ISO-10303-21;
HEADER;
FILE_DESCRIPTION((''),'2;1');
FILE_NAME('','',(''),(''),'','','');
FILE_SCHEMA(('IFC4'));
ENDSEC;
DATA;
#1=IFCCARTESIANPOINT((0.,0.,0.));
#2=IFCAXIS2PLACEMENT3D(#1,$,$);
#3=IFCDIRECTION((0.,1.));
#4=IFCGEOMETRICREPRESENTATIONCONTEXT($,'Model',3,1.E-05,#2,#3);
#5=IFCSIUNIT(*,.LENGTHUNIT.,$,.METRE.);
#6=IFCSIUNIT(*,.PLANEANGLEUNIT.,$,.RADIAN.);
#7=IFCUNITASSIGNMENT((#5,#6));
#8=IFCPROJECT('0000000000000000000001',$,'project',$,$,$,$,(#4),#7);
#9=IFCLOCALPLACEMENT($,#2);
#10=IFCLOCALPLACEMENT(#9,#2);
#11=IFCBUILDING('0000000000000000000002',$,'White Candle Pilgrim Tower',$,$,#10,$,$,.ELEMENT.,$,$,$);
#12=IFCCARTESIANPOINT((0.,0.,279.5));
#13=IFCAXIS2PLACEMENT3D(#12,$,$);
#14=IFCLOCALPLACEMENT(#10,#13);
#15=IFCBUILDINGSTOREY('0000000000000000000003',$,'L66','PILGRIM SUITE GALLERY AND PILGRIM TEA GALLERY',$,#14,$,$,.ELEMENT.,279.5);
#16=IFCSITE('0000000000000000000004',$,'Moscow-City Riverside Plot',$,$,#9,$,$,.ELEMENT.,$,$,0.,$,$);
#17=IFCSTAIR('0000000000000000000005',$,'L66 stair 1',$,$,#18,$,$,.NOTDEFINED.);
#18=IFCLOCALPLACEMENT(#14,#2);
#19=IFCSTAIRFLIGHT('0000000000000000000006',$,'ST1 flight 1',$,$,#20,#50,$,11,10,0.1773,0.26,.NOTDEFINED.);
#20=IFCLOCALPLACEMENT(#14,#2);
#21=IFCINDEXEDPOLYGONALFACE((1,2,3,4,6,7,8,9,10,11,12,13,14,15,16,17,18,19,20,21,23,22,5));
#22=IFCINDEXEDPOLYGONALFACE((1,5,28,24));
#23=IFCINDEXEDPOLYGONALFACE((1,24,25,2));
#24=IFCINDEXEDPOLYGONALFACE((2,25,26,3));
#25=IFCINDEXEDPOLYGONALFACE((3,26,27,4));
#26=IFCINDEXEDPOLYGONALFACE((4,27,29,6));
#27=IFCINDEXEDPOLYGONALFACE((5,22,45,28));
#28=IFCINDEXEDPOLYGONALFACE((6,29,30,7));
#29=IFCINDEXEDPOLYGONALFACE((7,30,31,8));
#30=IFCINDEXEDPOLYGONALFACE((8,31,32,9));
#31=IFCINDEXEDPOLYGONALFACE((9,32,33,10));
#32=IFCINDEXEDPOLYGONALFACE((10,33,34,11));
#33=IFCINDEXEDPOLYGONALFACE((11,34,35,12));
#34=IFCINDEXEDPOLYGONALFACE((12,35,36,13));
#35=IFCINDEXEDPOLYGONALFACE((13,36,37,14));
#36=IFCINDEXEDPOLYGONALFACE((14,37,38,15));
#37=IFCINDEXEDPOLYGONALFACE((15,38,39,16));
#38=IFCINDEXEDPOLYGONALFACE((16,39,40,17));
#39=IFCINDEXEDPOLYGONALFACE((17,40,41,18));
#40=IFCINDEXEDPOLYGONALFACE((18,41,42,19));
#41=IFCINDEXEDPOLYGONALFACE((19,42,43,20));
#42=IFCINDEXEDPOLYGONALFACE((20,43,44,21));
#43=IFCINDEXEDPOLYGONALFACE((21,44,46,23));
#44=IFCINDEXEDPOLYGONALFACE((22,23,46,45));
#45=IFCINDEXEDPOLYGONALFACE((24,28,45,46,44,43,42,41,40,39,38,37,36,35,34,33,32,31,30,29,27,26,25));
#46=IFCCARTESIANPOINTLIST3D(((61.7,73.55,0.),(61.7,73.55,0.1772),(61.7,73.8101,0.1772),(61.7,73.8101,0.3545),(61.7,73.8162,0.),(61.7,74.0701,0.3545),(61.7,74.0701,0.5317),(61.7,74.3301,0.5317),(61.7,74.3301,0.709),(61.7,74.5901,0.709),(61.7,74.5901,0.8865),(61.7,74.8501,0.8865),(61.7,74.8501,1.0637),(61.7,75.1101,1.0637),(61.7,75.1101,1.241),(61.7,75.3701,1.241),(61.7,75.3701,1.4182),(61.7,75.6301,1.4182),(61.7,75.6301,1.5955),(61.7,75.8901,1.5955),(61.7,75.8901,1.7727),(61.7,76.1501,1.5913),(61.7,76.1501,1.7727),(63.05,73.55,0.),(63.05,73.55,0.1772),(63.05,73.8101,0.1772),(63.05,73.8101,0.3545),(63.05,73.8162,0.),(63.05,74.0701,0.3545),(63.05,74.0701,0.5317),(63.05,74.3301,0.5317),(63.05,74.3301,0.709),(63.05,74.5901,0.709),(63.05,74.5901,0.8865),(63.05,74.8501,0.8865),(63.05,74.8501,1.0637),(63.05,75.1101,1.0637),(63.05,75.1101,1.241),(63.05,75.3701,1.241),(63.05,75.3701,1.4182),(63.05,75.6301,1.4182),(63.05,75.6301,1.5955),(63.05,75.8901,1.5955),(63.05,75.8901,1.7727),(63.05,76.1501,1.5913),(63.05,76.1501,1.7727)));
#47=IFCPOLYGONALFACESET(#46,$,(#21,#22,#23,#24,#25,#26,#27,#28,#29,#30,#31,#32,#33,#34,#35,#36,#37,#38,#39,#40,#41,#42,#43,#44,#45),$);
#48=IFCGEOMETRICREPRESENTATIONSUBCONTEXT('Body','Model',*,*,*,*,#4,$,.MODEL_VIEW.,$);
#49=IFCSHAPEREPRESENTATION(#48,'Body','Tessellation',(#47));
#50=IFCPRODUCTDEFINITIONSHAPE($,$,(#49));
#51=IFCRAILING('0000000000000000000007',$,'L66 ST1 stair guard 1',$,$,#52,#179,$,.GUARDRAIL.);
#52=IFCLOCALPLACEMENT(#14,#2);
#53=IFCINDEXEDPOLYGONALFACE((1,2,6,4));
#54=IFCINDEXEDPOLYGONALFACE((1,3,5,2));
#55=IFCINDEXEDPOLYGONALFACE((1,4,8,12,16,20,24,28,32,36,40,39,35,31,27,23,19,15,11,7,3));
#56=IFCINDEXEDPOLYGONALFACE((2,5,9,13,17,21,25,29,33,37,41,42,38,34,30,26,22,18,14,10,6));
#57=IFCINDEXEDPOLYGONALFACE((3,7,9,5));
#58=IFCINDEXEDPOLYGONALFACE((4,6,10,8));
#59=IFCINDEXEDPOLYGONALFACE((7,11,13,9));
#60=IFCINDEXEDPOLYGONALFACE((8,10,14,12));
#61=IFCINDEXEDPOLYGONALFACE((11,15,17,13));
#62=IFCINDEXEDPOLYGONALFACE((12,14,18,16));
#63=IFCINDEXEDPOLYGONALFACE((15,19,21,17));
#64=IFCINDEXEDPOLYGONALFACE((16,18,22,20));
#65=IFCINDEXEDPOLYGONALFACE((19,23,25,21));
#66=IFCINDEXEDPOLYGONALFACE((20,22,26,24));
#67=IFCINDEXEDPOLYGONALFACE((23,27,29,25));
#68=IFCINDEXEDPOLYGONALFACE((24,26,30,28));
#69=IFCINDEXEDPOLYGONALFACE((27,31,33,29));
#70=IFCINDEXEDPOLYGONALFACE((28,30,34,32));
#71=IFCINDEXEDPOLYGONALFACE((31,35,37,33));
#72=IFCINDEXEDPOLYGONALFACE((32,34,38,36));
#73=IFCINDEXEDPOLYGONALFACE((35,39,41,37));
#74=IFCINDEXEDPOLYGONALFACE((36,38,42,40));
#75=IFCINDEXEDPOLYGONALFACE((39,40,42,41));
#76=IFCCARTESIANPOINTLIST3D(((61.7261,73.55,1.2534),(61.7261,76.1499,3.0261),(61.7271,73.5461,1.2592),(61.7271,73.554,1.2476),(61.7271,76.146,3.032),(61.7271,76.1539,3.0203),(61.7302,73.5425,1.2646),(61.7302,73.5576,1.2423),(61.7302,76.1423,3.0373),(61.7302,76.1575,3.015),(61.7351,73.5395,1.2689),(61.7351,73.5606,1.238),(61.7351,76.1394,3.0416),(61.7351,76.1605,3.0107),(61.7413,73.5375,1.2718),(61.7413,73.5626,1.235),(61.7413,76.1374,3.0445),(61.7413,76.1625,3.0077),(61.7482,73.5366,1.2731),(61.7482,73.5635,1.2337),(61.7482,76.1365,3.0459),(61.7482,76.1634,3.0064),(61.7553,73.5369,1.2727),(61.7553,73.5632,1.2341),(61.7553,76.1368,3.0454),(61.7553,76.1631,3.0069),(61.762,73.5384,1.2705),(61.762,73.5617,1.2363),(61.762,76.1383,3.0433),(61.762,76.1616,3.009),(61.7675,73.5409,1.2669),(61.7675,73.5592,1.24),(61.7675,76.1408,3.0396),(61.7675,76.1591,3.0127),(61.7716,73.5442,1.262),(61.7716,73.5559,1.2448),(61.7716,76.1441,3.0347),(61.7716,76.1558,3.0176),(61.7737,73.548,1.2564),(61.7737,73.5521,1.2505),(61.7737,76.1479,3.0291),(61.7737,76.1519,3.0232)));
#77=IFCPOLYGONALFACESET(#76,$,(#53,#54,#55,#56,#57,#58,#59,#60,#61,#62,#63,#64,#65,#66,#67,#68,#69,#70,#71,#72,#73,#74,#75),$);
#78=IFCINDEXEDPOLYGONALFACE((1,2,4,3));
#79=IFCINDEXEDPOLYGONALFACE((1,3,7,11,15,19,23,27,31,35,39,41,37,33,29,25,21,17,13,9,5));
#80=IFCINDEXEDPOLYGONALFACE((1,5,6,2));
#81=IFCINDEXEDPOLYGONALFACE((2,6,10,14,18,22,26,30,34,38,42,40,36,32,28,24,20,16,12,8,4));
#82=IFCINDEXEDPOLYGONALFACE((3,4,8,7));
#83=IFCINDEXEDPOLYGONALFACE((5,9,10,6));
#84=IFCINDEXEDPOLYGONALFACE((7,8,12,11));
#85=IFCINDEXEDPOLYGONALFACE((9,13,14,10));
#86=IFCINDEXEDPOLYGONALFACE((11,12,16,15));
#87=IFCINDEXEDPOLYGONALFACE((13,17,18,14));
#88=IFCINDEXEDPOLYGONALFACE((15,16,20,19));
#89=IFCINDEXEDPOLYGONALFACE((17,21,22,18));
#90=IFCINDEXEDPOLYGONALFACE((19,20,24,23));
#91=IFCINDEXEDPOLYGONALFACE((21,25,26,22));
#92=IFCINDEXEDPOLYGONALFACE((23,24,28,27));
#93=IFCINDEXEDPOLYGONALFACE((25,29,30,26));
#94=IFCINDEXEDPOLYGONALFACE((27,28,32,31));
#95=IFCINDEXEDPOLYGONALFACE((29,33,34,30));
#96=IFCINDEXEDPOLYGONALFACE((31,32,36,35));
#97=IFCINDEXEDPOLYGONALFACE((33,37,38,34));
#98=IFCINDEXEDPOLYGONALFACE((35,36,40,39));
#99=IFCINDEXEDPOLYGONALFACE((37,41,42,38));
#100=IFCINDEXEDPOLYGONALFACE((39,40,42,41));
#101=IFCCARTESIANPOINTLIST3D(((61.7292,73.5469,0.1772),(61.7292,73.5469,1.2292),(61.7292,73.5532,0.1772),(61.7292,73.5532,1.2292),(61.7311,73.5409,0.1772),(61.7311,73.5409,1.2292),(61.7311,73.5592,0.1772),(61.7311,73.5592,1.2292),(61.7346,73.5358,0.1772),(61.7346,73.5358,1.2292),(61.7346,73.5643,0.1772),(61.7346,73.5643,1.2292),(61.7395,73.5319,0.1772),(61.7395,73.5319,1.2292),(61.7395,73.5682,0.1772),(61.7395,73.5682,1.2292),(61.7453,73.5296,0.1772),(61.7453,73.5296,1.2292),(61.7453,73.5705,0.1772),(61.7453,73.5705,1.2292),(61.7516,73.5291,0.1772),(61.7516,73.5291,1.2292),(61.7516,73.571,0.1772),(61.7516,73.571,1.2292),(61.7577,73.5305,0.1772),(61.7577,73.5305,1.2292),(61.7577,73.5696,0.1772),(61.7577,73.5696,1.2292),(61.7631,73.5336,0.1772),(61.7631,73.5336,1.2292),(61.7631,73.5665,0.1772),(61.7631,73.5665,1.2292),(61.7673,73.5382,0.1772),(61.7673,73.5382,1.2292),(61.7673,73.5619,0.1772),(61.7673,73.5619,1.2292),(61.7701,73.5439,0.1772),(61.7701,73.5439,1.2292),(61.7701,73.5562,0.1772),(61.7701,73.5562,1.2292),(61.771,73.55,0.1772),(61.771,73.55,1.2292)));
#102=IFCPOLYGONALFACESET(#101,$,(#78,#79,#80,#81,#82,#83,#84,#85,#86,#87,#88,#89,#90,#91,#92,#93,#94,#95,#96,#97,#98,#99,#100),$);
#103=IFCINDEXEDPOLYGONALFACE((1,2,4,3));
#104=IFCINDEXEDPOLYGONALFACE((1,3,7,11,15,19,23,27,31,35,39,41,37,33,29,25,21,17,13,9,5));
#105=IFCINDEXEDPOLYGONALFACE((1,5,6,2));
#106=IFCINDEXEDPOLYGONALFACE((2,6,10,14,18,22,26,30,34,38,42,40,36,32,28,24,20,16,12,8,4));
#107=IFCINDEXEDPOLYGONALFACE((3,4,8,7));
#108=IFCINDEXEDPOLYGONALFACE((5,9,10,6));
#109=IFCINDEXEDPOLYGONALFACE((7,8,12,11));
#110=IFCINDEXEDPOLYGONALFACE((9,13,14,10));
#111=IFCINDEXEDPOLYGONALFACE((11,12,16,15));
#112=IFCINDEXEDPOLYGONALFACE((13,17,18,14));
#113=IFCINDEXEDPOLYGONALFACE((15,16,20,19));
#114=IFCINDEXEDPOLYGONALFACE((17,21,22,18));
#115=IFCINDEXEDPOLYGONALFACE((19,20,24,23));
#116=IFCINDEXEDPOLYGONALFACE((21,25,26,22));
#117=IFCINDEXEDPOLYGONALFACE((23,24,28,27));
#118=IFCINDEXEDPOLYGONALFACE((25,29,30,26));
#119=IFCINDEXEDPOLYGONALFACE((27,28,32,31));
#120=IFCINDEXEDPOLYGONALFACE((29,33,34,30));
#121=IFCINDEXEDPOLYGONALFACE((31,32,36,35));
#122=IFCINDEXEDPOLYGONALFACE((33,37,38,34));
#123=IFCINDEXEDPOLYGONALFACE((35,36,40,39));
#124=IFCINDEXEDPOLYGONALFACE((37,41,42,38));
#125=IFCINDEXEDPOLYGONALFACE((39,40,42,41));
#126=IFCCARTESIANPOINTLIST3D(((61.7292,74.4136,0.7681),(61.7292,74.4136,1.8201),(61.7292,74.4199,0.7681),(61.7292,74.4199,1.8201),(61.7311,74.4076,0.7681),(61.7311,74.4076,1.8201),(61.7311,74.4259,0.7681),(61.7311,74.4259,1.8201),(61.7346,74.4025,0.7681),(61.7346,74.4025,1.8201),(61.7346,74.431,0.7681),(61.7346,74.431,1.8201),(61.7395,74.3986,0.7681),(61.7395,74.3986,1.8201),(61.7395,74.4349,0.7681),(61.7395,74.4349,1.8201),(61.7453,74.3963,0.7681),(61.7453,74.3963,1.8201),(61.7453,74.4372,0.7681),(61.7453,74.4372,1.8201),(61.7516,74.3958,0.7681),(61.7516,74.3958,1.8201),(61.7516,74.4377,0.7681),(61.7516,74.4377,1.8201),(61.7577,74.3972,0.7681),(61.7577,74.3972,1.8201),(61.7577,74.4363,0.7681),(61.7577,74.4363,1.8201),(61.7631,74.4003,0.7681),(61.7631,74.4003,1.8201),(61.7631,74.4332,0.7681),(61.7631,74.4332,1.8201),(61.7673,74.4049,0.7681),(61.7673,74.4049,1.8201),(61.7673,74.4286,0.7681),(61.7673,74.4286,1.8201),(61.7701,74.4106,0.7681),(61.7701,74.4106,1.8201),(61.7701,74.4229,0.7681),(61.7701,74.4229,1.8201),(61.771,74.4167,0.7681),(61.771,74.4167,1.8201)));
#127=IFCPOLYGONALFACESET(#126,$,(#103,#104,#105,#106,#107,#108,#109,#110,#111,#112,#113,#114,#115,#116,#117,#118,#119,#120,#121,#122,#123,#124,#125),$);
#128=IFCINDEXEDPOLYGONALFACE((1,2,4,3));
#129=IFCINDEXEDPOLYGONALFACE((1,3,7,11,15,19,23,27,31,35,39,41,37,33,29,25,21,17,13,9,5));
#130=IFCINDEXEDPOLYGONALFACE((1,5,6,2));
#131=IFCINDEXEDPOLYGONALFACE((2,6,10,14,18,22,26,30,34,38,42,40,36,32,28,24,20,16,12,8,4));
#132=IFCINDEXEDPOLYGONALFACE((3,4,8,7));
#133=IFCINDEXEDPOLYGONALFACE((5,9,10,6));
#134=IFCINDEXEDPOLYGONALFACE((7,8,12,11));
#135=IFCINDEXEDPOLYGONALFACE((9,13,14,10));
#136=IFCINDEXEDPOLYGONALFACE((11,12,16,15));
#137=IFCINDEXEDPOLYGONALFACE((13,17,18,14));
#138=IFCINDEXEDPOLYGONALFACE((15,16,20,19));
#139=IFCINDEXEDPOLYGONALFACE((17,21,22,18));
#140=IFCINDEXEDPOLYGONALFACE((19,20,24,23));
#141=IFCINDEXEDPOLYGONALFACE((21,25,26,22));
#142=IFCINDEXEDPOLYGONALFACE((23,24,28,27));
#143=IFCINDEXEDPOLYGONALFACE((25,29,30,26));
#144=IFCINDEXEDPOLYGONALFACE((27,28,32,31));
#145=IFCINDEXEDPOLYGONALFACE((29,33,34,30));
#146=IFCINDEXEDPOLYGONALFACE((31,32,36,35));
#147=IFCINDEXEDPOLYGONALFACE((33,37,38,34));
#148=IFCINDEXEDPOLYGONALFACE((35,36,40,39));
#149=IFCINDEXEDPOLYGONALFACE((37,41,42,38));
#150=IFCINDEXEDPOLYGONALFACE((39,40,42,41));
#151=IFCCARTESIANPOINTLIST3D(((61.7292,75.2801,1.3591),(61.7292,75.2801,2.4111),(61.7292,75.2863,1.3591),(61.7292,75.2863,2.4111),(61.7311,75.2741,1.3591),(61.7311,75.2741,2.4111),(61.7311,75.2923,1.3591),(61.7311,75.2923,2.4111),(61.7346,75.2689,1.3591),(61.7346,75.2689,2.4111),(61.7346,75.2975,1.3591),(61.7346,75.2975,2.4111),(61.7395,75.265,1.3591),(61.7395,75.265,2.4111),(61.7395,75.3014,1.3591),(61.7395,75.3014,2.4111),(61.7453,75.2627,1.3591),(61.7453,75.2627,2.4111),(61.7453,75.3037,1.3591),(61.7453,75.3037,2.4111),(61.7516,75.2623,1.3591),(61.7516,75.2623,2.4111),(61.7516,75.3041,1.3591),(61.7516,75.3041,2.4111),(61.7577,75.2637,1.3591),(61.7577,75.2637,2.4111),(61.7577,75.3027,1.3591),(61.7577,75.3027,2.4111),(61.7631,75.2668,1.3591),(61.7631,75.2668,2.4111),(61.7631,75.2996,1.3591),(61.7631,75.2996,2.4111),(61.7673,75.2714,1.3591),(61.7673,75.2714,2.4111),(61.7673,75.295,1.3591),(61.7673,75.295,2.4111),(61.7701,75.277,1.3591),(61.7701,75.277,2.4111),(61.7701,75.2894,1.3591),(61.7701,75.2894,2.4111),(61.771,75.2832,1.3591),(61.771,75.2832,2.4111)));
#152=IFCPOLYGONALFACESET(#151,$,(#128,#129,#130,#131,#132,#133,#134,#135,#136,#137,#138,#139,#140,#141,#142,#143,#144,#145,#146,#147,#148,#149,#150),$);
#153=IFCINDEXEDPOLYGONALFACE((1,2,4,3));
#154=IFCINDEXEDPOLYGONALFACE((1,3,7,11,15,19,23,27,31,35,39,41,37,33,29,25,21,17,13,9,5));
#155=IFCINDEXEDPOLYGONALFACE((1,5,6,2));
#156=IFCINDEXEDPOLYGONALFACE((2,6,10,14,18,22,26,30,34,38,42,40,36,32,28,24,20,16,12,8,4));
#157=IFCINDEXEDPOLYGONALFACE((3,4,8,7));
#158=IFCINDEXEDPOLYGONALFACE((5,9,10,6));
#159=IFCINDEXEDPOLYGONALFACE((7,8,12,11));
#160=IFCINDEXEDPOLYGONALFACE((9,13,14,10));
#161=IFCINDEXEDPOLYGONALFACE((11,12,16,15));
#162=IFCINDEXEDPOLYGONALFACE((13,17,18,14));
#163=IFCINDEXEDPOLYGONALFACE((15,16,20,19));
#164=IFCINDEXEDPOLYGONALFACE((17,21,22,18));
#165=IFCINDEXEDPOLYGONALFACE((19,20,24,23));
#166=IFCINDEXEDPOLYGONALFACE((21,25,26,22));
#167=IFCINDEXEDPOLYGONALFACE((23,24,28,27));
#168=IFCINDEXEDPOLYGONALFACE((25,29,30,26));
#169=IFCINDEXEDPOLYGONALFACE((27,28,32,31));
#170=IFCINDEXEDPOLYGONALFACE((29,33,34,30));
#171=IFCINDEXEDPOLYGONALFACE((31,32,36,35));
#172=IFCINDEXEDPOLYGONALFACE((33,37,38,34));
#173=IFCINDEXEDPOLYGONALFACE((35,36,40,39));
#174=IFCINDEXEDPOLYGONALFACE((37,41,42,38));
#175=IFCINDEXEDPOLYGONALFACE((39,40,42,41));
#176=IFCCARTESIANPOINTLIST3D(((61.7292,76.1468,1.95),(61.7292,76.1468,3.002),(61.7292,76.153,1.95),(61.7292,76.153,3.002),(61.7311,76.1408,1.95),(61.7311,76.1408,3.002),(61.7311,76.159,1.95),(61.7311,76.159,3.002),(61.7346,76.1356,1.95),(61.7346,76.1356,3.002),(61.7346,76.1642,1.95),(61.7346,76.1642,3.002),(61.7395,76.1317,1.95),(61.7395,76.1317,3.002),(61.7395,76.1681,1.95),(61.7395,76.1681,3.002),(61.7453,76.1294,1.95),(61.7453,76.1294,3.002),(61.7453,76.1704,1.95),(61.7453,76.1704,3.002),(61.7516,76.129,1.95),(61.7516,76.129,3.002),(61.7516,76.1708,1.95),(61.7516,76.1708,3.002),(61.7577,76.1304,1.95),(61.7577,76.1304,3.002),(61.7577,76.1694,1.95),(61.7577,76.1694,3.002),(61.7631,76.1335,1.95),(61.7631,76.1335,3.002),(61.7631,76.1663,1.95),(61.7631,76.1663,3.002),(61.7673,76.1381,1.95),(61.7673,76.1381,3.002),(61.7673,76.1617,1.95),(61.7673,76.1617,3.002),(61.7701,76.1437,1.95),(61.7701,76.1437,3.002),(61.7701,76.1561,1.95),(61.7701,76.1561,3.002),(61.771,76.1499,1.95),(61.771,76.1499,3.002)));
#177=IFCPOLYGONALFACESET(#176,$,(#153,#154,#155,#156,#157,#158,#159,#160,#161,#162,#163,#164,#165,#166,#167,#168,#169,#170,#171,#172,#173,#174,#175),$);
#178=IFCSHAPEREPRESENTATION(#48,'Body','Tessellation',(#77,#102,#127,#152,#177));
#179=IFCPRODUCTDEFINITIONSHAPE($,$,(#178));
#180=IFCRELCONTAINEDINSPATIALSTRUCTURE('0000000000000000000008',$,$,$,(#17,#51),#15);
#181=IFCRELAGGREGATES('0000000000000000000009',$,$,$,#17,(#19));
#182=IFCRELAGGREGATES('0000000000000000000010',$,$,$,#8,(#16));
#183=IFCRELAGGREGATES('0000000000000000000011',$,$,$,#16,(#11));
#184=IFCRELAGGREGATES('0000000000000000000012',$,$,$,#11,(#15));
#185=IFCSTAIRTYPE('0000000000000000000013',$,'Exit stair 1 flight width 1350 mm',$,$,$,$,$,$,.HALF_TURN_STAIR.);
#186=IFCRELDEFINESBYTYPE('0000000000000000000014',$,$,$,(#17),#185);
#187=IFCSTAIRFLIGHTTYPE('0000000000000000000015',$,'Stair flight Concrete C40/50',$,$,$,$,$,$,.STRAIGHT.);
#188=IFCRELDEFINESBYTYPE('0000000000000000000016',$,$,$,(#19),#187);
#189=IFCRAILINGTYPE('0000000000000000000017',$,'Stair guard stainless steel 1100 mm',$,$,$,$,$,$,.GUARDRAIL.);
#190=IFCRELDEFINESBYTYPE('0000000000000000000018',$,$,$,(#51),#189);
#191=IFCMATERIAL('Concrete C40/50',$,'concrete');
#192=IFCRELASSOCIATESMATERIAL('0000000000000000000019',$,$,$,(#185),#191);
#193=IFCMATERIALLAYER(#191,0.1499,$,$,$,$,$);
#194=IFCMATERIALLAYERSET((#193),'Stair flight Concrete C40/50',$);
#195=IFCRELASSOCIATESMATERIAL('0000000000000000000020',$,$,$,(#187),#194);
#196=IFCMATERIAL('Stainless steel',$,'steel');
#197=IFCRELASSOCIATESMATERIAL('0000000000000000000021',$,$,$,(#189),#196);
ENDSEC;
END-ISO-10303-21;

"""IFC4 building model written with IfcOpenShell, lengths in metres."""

from ifc_helpers import new_model, si_unit, direction, frame, origin, origin_2d, place, context, subcontext, project, spatial, polyline, circle, outline, extrude, material, layer, layer_set, type_object, element, aggregate, save


model = new_model("IFC4")

# Units and contexts
model_context = context("Model", 3, precision=1e-05, world=origin(), true_north=direction((0.0, 1.0)))
body_context = subcontext(model_context, "Body", "Model", "MODEL_VIEW")
ifc_project = project(units=[si_unit("LENGTHUNIT", "METRE"), si_unit("PLANEANGLEUNIT", "RADIAN")], contexts=[model_context])

# Site, building, storey
site_placement = place(None, origin())
site = spatial("IfcSite", under=ifc_project, at=site_placement, Name="Moscow-City Riverside Plot", CompositionType="ELEMENT", RefElevation=0.0)
building_placement = place(site_placement, origin())
building = spatial("IfcBuilding", under=site, at=building_placement, Name="White Candle Pilgrim Tower", CompositionType="ELEMENT")
storey_placement = place(building_placement, frame((0.0, 0.0, 279.5)))
storey = spatial("IfcBuildingStorey", under=building, at=storey_placement, Name="L66", Description="PILGRIM SUITE GALLERY AND PILGRIM TEA GALLERY", CompositionType="ELEMENT", Elevation=279.5)

# Stair, stair flight
ifc_material_1 = material(Name="Concrete C40/50", Category="concrete")
stair_type = type_object("IfcStairType", Name="Exit stair 1 flight width 1350 mm", PredefinedType="HALF_TURN_STAIR", material=ifc_material_1)
stair_placement = place(storey_placement, origin())
stair = element("IfcStair", 1, at=stair_placement, inside=storey, type_object=stair_type, Name="L66 stair 1", PredefinedType="NOTDEFINED")
ifc_layer_1 = layer(ifc_material_1, 0.1499)
ifc_layer_set_1 = layer_set([ifc_layer_1], Name="Stair flight Concrete C40/50")
stair_flight_type = type_object("IfcStairFlightType", Name="Stair flight Concrete C40/50", PredefinedType="STRAIGHT", material=ifc_layer_set_1)
stair_flight_placement = place(storey_placement, frame((62.375, 73.55, 0.0), z_axis=(0.0, 0.0, 1.0), x_axis=(0.0, 1.0, 0.0)))
stair_flight = element("IfcStairFlight", 2, at=stair_flight_placement, type_object=stair_flight_type, Name="ST1 flight 1", NumberOfRisers=11, NumberOfTreads=10, PredefinedType="NOTDEFINED", RiserHeight=0.1773, TreadLength=0.26, context=body_context, shape_type="SweptSolid", body=[
    extrude(outline(polyline([(0.0, 0.0), (0.0, 0.1772), (0.26, 0.1772), (0.26, 0.3545), (0.52, 0.3545), (0.52, 0.5317), (0.78, 0.5317), (0.78, 0.709), (1.04, 0.709), (1.04, 0.8865), (1.3, 0.8865), (1.3, 1.0637), (1.5601, 1.0637), (1.5601, 1.241), (1.8201, 1.241), (1.8201, 1.4182), (2.0801, 1.4182), (2.0801, 1.5955), (2.3401, 1.5955), (2.3401, 1.7727), (2.6001, 1.7727), (2.6001, 1.95), (2.6001, 1.5913), (0.2661, 0.0), (0.0, 0.0)])), frame((0.0, 0.675, 0.0), z_axis=(0.0, -1.0, 0.0), x_axis=(1.0, 0.0, 0.0)), (0.0, 0.0, 1.0), 1.3501),
])
aggregate(stair, [stair_flight])

# Railing
ifc_material_2 = material(Name="Stainless steel", Category="steel")
railing_type_1 = type_object("IfcRailingType", Name="Stair guard stainless steel 1100 mm", PredefinedType="GUARDRAIL", material=ifc_material_2)
railing_1_placement = place(storey_placement, frame((61.75, 73.55, 0.1772)))
element("IfcRailing", 3, at=railing_1_placement, inside=storey, type_object=railing_type_1, Name="L66 ST1 stair guard 1", PredefinedType="GUARDRAIL", context=body_context, shape_type="SweptSolid", body=[
    extrude(circle(Radius=0.0239, at=origin_2d()), frame((0.0, 0.0, 1.0762), z_axis=(0.0, 0.826216, 0.563354), x_axis=(-1.0, 0.0, 0.0)), (0.0, 0.0, 1.0), 3.1467),
    extrude(circle(Radius=0.021, at=origin_2d()), origin(), (0.0, 0.0, 1.0), 1.052),
    extrude(circle(Radius=0.021, at=origin_2d()), frame((0.0, 0.8667, 0.5908)), (0.0, 0.0, 1.0), 1.052),
    extrude(circle(Radius=0.021, at=origin_2d()), frame((0.0, 1.7332, 1.1819)), (0.0, 0.0, 1.0), 1.052),
    extrude(circle(Radius=0.021, at=origin_2d()), frame((0.0, 2.5999, 1.7727)), (0.0, 0.0, 1.0), 1.052),
])

save(model, "model.ifc")
